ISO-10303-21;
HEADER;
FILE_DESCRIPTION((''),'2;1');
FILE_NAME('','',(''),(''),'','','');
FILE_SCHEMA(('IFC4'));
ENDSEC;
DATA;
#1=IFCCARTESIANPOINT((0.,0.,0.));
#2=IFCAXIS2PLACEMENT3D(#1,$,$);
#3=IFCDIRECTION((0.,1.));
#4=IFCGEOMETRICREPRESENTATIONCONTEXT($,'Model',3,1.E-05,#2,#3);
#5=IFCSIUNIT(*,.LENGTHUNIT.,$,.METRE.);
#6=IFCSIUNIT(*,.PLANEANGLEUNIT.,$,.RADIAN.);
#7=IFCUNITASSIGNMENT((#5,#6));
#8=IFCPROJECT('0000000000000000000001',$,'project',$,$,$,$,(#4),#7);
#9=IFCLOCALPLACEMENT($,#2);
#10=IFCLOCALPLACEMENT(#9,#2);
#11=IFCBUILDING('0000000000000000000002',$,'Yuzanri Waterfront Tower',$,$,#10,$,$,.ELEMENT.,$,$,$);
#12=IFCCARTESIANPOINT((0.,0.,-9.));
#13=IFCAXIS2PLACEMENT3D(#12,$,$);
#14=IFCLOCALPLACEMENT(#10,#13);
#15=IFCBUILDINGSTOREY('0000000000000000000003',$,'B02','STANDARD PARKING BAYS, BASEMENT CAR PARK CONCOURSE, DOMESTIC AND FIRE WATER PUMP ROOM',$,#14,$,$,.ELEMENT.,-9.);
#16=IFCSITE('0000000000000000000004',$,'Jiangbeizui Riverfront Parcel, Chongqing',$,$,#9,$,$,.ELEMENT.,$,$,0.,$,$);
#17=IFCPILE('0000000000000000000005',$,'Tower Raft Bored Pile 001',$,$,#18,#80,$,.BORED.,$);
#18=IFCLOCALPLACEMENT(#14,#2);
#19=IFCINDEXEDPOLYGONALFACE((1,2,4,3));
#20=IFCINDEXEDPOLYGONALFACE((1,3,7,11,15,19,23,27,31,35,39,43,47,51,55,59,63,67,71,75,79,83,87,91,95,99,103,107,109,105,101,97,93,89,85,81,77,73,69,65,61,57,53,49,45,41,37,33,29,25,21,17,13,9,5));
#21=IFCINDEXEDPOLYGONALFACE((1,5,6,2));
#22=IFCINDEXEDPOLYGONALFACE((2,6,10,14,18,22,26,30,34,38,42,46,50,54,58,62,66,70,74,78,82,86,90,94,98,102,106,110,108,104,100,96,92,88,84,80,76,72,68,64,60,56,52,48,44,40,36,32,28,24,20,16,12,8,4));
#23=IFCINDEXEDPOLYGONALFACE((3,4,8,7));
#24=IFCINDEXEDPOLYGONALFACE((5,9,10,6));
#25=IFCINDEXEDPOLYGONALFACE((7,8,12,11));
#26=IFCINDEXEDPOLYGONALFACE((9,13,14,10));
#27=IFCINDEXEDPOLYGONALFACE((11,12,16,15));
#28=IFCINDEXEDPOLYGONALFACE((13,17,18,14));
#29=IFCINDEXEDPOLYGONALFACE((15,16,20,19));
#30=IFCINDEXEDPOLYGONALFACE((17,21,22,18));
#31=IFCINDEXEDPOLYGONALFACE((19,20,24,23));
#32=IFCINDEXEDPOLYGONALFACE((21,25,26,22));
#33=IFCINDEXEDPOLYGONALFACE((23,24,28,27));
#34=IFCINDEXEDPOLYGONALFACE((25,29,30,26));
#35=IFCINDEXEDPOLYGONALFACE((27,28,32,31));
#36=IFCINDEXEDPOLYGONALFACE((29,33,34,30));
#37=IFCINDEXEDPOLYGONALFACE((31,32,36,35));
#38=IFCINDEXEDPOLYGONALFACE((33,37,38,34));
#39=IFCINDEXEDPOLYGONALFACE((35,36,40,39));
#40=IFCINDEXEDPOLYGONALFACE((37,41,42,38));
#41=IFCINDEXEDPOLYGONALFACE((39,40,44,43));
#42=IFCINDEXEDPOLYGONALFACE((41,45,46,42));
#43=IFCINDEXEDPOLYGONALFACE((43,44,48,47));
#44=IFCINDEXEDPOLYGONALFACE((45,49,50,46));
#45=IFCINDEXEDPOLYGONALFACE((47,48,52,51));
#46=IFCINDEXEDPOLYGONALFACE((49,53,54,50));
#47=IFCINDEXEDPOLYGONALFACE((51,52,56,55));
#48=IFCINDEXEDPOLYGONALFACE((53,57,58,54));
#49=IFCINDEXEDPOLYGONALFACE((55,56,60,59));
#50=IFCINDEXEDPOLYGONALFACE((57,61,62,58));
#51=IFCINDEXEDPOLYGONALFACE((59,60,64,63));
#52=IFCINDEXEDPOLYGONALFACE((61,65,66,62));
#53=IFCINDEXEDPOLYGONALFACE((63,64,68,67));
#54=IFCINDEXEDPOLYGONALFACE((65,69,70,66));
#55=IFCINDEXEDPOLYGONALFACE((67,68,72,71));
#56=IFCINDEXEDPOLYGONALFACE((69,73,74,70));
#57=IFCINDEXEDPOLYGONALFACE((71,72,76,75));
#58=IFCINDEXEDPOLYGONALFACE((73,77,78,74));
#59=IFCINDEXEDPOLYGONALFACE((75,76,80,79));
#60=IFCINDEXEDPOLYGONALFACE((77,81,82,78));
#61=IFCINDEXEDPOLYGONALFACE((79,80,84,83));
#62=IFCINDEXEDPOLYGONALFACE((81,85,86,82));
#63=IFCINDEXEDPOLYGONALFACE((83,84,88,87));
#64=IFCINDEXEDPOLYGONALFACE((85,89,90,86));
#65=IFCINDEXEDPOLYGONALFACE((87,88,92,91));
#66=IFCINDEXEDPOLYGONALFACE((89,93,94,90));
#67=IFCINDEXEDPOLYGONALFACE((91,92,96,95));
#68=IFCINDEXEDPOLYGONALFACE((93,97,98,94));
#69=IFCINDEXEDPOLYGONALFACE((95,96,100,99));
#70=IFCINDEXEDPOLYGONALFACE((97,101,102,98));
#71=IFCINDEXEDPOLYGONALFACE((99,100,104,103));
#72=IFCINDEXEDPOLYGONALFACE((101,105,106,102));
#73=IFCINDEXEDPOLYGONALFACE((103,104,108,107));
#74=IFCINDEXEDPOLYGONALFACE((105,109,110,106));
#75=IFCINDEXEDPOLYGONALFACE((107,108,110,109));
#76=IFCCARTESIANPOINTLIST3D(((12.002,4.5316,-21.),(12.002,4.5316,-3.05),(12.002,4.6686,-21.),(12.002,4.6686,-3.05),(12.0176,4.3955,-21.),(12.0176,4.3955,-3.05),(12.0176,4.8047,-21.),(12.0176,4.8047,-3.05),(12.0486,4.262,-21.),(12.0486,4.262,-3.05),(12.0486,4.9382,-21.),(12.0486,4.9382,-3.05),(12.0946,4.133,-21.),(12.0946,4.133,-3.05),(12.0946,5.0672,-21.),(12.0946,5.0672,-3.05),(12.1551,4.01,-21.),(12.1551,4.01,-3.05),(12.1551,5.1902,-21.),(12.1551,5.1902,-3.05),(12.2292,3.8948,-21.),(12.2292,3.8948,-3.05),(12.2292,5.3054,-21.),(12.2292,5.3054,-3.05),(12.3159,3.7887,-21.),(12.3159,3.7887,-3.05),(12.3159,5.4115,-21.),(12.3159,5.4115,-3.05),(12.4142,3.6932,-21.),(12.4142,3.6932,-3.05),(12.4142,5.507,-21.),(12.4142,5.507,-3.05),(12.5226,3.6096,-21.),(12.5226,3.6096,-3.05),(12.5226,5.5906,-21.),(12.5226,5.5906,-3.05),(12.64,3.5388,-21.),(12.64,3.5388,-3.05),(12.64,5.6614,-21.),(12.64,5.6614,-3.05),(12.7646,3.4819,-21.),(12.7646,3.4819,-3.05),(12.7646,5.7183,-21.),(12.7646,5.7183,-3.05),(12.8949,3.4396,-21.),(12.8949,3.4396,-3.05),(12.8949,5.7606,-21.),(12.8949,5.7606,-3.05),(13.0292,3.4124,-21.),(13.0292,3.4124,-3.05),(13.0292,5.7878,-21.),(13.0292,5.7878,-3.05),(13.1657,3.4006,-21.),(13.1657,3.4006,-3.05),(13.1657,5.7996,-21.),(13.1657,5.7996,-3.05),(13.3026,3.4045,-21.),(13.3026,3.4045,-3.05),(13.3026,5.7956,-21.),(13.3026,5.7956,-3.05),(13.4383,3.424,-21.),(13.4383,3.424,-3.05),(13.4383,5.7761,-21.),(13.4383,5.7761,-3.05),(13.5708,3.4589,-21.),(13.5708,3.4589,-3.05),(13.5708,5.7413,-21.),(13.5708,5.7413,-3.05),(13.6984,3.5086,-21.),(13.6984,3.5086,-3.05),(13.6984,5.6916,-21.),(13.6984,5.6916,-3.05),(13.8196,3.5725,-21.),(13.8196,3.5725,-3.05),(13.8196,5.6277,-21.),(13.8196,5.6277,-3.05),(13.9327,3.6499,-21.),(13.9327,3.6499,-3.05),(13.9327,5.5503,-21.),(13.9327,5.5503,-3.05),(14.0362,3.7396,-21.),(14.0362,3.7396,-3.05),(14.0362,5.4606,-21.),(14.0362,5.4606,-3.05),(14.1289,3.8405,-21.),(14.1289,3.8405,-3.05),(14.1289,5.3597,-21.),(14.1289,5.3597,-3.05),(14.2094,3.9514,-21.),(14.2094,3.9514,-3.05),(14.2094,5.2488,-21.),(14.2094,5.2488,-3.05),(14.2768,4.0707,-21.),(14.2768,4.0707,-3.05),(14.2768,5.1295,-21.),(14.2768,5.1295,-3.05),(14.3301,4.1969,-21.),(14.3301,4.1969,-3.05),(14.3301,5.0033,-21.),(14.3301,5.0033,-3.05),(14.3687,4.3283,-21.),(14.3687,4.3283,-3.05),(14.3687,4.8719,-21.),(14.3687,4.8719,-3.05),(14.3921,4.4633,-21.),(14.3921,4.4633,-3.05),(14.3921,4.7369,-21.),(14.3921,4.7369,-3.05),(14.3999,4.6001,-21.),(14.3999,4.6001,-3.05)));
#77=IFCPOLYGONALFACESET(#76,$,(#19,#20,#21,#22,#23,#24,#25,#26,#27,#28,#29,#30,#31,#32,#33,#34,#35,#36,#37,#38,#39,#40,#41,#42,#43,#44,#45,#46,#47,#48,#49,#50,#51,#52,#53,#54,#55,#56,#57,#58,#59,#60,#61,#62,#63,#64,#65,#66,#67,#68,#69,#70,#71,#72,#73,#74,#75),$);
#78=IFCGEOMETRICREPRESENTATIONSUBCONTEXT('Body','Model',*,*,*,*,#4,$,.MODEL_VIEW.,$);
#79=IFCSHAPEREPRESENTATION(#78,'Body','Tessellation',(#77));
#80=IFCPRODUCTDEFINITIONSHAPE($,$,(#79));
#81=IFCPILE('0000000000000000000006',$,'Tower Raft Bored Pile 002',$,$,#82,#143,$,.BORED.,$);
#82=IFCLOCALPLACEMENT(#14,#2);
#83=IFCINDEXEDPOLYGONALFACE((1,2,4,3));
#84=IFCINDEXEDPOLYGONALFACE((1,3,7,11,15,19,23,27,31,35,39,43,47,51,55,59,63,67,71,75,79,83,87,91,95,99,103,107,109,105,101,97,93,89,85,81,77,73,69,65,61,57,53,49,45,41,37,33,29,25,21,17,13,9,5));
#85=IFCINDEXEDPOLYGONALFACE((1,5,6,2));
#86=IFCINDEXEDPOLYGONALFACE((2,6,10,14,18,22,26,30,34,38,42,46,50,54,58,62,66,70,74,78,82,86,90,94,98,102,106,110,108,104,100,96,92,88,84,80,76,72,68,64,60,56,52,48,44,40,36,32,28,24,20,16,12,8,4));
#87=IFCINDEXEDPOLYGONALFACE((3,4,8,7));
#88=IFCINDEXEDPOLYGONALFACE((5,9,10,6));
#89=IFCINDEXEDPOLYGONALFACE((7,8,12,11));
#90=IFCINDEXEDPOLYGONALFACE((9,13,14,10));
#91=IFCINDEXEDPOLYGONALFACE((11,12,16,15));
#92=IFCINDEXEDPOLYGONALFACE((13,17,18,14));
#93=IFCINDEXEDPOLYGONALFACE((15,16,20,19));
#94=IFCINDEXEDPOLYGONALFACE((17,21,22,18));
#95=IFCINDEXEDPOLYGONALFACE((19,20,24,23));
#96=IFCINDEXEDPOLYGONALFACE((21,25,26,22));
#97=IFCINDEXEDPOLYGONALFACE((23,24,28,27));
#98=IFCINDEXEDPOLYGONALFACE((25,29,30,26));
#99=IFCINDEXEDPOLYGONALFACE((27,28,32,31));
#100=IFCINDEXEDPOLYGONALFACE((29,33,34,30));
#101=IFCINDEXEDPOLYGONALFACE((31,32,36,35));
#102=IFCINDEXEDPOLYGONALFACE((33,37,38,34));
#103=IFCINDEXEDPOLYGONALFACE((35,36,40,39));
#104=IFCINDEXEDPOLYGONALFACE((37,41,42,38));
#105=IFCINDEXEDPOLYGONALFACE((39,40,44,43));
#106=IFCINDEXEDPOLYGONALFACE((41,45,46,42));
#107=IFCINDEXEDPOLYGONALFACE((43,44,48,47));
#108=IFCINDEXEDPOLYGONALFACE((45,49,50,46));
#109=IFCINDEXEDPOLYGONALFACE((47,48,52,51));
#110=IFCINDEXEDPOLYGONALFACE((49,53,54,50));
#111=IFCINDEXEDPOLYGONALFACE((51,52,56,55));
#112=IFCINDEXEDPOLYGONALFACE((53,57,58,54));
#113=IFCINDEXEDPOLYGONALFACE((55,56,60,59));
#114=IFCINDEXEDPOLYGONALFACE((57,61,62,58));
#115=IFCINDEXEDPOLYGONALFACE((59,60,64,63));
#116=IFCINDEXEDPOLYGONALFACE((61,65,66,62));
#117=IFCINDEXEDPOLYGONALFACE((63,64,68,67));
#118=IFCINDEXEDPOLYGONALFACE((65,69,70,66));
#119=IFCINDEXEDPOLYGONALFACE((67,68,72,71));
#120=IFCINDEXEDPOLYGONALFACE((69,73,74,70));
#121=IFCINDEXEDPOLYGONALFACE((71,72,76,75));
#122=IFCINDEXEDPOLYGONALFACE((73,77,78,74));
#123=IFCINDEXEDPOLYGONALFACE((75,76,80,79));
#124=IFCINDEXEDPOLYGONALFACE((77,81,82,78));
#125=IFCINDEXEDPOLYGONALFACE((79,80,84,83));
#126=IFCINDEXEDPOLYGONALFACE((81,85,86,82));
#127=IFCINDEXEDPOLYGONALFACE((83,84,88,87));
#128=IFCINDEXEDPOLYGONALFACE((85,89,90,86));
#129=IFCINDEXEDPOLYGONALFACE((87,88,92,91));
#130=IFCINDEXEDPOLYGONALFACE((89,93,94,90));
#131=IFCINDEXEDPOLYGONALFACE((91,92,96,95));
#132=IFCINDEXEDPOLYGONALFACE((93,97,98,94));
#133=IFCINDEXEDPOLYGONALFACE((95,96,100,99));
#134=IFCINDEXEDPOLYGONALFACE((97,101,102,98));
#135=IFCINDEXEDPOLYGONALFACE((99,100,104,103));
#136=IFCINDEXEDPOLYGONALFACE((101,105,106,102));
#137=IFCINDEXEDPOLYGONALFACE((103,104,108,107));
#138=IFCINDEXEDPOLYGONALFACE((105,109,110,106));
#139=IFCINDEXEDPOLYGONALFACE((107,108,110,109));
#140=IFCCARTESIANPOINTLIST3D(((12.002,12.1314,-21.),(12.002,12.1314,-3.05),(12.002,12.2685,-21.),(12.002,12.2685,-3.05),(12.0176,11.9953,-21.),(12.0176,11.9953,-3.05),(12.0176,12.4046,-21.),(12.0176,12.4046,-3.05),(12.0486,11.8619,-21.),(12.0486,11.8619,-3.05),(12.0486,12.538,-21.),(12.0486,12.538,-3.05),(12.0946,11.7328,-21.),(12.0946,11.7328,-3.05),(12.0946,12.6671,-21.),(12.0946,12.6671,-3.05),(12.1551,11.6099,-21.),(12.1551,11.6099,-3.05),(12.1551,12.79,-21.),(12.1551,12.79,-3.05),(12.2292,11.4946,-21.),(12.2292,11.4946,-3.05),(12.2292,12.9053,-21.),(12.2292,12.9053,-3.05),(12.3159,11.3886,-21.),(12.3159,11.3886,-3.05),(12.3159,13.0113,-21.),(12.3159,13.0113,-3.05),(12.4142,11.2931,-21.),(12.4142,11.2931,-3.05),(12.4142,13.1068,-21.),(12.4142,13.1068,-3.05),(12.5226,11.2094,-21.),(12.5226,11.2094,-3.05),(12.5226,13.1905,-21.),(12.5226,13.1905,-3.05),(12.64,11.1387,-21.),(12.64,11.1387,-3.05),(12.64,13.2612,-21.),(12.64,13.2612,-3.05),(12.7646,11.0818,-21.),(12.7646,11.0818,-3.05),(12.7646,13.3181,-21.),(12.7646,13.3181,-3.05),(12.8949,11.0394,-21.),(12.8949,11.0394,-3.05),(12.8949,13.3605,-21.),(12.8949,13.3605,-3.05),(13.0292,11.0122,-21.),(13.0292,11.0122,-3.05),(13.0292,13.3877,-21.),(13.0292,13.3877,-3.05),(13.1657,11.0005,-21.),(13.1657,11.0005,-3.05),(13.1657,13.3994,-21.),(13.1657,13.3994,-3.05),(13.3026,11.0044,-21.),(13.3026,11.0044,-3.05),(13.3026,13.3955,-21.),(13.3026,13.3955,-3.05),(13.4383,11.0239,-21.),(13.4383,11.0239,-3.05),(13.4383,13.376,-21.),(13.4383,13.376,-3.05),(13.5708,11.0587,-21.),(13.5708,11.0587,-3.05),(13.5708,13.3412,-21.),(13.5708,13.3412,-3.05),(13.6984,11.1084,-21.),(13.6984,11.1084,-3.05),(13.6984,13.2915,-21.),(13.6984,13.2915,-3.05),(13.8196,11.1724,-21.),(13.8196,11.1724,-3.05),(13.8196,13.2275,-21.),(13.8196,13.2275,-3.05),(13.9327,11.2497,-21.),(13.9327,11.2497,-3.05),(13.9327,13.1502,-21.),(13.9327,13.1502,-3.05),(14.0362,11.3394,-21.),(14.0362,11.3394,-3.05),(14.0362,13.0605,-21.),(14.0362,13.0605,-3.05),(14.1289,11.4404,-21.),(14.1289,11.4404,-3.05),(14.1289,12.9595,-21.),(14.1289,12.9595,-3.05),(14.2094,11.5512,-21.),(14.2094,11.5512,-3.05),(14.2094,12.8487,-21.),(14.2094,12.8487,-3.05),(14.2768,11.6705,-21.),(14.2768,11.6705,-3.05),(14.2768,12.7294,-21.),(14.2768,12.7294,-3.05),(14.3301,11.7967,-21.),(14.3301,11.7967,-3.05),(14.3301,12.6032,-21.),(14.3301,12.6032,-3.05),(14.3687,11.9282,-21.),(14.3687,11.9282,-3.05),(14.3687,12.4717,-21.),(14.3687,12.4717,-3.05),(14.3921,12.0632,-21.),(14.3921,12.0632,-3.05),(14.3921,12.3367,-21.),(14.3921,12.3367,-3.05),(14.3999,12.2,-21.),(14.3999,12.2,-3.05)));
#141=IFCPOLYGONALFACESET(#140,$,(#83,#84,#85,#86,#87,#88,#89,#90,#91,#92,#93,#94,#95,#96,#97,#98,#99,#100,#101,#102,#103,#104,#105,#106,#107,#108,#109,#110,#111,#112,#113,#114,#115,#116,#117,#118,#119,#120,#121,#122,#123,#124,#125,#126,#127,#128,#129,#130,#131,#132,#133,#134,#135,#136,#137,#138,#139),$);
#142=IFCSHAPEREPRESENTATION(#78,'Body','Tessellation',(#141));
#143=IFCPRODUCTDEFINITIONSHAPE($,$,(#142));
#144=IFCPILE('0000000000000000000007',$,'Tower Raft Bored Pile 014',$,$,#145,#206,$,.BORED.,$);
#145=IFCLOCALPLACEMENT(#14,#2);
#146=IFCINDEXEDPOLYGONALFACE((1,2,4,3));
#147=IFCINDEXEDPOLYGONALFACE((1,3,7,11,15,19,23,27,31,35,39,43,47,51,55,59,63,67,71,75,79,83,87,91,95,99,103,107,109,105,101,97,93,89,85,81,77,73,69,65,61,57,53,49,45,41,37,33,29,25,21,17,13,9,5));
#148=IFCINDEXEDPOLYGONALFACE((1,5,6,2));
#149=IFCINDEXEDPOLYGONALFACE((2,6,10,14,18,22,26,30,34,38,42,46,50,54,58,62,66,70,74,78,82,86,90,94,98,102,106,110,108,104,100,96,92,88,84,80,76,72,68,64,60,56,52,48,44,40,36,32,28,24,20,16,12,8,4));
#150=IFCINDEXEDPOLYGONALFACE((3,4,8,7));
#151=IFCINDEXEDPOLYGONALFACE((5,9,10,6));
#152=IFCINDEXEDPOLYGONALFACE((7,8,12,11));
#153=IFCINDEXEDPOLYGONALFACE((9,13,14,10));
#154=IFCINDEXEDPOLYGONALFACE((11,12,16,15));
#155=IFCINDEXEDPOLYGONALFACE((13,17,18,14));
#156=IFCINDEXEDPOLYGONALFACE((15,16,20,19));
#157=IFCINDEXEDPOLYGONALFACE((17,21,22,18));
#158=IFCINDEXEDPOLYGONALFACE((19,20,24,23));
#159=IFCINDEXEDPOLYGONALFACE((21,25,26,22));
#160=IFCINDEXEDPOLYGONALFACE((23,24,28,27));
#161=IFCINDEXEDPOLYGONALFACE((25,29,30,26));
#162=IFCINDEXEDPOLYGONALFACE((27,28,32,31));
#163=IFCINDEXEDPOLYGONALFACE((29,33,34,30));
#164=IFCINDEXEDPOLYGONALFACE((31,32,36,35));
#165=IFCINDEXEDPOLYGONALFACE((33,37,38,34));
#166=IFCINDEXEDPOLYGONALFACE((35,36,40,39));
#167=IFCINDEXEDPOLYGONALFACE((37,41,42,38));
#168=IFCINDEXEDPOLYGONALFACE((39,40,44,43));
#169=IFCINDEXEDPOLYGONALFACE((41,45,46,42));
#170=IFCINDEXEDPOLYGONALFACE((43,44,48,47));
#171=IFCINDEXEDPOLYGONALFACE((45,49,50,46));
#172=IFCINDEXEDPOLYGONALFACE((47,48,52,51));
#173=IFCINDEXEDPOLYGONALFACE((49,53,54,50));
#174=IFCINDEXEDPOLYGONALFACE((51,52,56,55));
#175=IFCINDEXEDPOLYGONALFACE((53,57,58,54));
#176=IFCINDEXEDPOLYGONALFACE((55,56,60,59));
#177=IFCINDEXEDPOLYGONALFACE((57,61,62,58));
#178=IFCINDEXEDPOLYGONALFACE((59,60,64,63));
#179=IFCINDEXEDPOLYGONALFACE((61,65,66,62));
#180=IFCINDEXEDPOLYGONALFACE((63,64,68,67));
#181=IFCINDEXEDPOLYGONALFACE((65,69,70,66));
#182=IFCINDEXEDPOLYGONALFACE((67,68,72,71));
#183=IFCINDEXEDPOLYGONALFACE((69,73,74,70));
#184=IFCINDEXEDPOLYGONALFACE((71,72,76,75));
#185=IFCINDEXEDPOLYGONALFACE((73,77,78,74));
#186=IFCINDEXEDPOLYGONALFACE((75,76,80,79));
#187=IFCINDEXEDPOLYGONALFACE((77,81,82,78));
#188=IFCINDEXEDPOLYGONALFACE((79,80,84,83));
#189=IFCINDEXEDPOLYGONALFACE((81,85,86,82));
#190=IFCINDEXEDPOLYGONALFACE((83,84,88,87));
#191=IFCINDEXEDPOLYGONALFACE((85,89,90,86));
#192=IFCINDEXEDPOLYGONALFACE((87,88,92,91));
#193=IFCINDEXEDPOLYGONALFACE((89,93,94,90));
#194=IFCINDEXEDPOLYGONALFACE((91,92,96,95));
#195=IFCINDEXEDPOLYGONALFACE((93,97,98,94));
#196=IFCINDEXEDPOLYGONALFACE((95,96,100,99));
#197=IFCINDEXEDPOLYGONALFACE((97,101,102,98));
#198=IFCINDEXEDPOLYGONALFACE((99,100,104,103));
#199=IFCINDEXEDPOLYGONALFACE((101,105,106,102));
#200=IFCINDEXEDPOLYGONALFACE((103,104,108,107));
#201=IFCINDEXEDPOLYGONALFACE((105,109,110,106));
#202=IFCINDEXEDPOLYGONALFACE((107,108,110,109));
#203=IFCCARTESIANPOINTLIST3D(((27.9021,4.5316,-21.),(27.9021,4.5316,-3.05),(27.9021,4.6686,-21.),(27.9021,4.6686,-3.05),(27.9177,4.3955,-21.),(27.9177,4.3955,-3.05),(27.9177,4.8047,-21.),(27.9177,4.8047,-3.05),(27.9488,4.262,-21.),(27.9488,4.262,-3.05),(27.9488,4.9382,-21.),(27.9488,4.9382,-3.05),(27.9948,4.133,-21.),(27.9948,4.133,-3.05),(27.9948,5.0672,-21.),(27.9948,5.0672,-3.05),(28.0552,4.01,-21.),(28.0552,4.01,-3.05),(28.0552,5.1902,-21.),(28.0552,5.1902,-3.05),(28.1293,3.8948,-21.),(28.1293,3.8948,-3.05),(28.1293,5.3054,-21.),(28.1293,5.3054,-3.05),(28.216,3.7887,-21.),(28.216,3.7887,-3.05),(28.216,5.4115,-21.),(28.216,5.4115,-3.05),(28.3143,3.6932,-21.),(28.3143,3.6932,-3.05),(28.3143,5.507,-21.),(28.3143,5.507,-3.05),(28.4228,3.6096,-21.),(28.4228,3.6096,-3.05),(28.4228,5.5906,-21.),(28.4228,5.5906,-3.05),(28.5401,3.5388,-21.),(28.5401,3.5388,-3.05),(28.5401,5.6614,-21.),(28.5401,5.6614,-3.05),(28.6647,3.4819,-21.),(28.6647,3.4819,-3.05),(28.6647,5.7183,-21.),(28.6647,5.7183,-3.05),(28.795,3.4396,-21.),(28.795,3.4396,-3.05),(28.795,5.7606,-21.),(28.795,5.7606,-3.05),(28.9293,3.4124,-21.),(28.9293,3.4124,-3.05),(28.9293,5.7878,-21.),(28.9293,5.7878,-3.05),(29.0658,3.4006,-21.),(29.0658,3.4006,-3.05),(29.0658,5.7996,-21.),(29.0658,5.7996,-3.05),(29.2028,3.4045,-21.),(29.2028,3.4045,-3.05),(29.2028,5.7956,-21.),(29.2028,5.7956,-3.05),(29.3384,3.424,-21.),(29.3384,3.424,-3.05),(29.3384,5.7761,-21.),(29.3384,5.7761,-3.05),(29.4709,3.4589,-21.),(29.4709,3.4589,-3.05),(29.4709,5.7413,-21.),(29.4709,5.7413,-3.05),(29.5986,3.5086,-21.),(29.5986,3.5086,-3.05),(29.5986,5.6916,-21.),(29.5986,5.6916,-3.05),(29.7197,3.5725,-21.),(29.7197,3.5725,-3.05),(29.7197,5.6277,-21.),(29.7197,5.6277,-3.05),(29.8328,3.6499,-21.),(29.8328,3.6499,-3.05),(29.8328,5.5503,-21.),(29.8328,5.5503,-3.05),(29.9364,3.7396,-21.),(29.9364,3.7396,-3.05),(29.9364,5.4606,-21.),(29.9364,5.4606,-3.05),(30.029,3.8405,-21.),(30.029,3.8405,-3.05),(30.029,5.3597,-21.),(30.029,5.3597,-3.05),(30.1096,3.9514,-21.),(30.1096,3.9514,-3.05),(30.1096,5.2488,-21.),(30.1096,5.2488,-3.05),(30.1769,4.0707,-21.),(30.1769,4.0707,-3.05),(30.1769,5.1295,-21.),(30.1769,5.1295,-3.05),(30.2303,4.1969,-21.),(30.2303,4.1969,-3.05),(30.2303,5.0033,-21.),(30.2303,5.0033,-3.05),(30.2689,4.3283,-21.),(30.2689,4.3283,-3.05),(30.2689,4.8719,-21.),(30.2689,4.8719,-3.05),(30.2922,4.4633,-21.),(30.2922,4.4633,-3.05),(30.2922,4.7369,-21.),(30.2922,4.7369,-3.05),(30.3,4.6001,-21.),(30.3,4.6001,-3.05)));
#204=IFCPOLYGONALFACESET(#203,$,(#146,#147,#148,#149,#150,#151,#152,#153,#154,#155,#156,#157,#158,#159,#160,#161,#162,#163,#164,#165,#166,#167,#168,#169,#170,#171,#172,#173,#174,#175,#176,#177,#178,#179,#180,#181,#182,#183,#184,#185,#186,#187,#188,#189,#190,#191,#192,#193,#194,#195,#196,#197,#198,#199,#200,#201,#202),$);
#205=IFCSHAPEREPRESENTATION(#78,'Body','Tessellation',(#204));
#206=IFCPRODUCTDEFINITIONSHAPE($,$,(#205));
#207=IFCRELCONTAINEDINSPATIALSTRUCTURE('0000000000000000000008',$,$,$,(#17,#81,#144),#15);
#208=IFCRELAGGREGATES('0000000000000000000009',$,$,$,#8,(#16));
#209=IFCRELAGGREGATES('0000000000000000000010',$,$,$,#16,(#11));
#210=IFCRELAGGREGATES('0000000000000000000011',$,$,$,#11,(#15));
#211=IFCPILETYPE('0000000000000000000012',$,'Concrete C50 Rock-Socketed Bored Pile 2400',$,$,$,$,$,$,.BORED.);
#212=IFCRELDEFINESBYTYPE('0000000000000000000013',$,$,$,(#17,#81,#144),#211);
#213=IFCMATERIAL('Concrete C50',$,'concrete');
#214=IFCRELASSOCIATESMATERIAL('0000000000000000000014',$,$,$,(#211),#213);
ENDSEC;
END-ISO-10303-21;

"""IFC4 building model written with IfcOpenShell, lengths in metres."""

from ifc_helpers import new_model, si_unit, direction, frame, origin, origin_2d, place, context, subcontext, project, spatial, circle, extrude, source, transform, mapped, material, material_profile, profile_set, type_object, element, save


model = new_model("IFC4")

# Units and contexts
model_context = context("Model", 3, precision=1e-05, world=origin(), true_north=direction((0.0, 1.0)))
body_context = subcontext(model_context, "Body", "Model", "MODEL_VIEW")
ifc_project = project(units=[si_unit("LENGTHUNIT", "METRE"), si_unit("PLANEANGLEUNIT", "RADIAN")], contexts=[model_context])

# Site, building, storey
site_placement = place(None, origin())
site = spatial("IfcSite", under=ifc_project, at=site_placement, Name="Jiangbeizui Riverfront Parcel, Chongqing", CompositionType="ELEMENT", RefElevation=0.0)
building_placement = place(site_placement, origin())
building = spatial("IfcBuilding", under=site, at=building_placement, Name="Yuzanri Waterfront Tower", CompositionType="ELEMENT")
storey_placement = place(building_placement, frame((0.0, 0.0, -9.0)))
storey = spatial("IfcBuildingStorey", under=building, at=storey_placement, Name="B02", Description="STANDARD PARKING BAYS, BASEMENT CAR PARK CONCOURSE, DOMESTIC AND FIRE WATER PUMP ROOM", CompositionType="ELEMENT", Elevation=-9.0)

# Piles
ifc_material_1 = material(Name="Concrete C50", Category="concrete")
ifc_material_profile_1 = material_profile(ifc_material_1, circle(Radius=1.2, at=origin_2d()), Name="PILE D2400")
ifc_profile_set_1 = profile_set([ifc_material_profile_1], Name="Concrete C50")
pile_type_1 = type_object("IfcPileType", Name="Concrete C50 Rock-Socketed Bored Pile 2400", PredefinedType="BORED", material=ifc_profile_set_1)
shared_shape_1 = source(origin(), body_context, "Body", "SweptSolid", [
    extrude(circle(Radius=1.2, at=origin_2d()), origin(), (0.0, 0.0, 1.0), 17.95),
])
for number, where, z_axis, x_axis, name in (
    (1, (13.2, 4.6001, -3.05), (0.0, 0.0, -1.0), (1.0, 0.0, 0.0), "Tower Raft Bored Pile 001"),
    (2, (13.2, 12.2, -3.05), (0.0, 0.0, -1.0), (1.0, 0.0, 0.0), "Tower Raft Bored Pile 002"),
    (3, (29.1001, 4.6001, -3.05), (0.0, 0.0, -1.0), (1.0, 0.0, 0.0), "Tower Raft Bored Pile 014"),
):
    element("IfcPile", number, at=place(storey_placement, frame(where, z_axis=z_axis, x_axis=x_axis)), inside=storey, type_object=pile_type_1, Name=name, PredefinedType="BORED", context=body_context, shape_type="MappedRepresentation", body=[
        mapped(shared_shape_1, transform((0.0, 0.0, 0.0), scale=1.0)),
    ])

save(model, "model.ifc")
